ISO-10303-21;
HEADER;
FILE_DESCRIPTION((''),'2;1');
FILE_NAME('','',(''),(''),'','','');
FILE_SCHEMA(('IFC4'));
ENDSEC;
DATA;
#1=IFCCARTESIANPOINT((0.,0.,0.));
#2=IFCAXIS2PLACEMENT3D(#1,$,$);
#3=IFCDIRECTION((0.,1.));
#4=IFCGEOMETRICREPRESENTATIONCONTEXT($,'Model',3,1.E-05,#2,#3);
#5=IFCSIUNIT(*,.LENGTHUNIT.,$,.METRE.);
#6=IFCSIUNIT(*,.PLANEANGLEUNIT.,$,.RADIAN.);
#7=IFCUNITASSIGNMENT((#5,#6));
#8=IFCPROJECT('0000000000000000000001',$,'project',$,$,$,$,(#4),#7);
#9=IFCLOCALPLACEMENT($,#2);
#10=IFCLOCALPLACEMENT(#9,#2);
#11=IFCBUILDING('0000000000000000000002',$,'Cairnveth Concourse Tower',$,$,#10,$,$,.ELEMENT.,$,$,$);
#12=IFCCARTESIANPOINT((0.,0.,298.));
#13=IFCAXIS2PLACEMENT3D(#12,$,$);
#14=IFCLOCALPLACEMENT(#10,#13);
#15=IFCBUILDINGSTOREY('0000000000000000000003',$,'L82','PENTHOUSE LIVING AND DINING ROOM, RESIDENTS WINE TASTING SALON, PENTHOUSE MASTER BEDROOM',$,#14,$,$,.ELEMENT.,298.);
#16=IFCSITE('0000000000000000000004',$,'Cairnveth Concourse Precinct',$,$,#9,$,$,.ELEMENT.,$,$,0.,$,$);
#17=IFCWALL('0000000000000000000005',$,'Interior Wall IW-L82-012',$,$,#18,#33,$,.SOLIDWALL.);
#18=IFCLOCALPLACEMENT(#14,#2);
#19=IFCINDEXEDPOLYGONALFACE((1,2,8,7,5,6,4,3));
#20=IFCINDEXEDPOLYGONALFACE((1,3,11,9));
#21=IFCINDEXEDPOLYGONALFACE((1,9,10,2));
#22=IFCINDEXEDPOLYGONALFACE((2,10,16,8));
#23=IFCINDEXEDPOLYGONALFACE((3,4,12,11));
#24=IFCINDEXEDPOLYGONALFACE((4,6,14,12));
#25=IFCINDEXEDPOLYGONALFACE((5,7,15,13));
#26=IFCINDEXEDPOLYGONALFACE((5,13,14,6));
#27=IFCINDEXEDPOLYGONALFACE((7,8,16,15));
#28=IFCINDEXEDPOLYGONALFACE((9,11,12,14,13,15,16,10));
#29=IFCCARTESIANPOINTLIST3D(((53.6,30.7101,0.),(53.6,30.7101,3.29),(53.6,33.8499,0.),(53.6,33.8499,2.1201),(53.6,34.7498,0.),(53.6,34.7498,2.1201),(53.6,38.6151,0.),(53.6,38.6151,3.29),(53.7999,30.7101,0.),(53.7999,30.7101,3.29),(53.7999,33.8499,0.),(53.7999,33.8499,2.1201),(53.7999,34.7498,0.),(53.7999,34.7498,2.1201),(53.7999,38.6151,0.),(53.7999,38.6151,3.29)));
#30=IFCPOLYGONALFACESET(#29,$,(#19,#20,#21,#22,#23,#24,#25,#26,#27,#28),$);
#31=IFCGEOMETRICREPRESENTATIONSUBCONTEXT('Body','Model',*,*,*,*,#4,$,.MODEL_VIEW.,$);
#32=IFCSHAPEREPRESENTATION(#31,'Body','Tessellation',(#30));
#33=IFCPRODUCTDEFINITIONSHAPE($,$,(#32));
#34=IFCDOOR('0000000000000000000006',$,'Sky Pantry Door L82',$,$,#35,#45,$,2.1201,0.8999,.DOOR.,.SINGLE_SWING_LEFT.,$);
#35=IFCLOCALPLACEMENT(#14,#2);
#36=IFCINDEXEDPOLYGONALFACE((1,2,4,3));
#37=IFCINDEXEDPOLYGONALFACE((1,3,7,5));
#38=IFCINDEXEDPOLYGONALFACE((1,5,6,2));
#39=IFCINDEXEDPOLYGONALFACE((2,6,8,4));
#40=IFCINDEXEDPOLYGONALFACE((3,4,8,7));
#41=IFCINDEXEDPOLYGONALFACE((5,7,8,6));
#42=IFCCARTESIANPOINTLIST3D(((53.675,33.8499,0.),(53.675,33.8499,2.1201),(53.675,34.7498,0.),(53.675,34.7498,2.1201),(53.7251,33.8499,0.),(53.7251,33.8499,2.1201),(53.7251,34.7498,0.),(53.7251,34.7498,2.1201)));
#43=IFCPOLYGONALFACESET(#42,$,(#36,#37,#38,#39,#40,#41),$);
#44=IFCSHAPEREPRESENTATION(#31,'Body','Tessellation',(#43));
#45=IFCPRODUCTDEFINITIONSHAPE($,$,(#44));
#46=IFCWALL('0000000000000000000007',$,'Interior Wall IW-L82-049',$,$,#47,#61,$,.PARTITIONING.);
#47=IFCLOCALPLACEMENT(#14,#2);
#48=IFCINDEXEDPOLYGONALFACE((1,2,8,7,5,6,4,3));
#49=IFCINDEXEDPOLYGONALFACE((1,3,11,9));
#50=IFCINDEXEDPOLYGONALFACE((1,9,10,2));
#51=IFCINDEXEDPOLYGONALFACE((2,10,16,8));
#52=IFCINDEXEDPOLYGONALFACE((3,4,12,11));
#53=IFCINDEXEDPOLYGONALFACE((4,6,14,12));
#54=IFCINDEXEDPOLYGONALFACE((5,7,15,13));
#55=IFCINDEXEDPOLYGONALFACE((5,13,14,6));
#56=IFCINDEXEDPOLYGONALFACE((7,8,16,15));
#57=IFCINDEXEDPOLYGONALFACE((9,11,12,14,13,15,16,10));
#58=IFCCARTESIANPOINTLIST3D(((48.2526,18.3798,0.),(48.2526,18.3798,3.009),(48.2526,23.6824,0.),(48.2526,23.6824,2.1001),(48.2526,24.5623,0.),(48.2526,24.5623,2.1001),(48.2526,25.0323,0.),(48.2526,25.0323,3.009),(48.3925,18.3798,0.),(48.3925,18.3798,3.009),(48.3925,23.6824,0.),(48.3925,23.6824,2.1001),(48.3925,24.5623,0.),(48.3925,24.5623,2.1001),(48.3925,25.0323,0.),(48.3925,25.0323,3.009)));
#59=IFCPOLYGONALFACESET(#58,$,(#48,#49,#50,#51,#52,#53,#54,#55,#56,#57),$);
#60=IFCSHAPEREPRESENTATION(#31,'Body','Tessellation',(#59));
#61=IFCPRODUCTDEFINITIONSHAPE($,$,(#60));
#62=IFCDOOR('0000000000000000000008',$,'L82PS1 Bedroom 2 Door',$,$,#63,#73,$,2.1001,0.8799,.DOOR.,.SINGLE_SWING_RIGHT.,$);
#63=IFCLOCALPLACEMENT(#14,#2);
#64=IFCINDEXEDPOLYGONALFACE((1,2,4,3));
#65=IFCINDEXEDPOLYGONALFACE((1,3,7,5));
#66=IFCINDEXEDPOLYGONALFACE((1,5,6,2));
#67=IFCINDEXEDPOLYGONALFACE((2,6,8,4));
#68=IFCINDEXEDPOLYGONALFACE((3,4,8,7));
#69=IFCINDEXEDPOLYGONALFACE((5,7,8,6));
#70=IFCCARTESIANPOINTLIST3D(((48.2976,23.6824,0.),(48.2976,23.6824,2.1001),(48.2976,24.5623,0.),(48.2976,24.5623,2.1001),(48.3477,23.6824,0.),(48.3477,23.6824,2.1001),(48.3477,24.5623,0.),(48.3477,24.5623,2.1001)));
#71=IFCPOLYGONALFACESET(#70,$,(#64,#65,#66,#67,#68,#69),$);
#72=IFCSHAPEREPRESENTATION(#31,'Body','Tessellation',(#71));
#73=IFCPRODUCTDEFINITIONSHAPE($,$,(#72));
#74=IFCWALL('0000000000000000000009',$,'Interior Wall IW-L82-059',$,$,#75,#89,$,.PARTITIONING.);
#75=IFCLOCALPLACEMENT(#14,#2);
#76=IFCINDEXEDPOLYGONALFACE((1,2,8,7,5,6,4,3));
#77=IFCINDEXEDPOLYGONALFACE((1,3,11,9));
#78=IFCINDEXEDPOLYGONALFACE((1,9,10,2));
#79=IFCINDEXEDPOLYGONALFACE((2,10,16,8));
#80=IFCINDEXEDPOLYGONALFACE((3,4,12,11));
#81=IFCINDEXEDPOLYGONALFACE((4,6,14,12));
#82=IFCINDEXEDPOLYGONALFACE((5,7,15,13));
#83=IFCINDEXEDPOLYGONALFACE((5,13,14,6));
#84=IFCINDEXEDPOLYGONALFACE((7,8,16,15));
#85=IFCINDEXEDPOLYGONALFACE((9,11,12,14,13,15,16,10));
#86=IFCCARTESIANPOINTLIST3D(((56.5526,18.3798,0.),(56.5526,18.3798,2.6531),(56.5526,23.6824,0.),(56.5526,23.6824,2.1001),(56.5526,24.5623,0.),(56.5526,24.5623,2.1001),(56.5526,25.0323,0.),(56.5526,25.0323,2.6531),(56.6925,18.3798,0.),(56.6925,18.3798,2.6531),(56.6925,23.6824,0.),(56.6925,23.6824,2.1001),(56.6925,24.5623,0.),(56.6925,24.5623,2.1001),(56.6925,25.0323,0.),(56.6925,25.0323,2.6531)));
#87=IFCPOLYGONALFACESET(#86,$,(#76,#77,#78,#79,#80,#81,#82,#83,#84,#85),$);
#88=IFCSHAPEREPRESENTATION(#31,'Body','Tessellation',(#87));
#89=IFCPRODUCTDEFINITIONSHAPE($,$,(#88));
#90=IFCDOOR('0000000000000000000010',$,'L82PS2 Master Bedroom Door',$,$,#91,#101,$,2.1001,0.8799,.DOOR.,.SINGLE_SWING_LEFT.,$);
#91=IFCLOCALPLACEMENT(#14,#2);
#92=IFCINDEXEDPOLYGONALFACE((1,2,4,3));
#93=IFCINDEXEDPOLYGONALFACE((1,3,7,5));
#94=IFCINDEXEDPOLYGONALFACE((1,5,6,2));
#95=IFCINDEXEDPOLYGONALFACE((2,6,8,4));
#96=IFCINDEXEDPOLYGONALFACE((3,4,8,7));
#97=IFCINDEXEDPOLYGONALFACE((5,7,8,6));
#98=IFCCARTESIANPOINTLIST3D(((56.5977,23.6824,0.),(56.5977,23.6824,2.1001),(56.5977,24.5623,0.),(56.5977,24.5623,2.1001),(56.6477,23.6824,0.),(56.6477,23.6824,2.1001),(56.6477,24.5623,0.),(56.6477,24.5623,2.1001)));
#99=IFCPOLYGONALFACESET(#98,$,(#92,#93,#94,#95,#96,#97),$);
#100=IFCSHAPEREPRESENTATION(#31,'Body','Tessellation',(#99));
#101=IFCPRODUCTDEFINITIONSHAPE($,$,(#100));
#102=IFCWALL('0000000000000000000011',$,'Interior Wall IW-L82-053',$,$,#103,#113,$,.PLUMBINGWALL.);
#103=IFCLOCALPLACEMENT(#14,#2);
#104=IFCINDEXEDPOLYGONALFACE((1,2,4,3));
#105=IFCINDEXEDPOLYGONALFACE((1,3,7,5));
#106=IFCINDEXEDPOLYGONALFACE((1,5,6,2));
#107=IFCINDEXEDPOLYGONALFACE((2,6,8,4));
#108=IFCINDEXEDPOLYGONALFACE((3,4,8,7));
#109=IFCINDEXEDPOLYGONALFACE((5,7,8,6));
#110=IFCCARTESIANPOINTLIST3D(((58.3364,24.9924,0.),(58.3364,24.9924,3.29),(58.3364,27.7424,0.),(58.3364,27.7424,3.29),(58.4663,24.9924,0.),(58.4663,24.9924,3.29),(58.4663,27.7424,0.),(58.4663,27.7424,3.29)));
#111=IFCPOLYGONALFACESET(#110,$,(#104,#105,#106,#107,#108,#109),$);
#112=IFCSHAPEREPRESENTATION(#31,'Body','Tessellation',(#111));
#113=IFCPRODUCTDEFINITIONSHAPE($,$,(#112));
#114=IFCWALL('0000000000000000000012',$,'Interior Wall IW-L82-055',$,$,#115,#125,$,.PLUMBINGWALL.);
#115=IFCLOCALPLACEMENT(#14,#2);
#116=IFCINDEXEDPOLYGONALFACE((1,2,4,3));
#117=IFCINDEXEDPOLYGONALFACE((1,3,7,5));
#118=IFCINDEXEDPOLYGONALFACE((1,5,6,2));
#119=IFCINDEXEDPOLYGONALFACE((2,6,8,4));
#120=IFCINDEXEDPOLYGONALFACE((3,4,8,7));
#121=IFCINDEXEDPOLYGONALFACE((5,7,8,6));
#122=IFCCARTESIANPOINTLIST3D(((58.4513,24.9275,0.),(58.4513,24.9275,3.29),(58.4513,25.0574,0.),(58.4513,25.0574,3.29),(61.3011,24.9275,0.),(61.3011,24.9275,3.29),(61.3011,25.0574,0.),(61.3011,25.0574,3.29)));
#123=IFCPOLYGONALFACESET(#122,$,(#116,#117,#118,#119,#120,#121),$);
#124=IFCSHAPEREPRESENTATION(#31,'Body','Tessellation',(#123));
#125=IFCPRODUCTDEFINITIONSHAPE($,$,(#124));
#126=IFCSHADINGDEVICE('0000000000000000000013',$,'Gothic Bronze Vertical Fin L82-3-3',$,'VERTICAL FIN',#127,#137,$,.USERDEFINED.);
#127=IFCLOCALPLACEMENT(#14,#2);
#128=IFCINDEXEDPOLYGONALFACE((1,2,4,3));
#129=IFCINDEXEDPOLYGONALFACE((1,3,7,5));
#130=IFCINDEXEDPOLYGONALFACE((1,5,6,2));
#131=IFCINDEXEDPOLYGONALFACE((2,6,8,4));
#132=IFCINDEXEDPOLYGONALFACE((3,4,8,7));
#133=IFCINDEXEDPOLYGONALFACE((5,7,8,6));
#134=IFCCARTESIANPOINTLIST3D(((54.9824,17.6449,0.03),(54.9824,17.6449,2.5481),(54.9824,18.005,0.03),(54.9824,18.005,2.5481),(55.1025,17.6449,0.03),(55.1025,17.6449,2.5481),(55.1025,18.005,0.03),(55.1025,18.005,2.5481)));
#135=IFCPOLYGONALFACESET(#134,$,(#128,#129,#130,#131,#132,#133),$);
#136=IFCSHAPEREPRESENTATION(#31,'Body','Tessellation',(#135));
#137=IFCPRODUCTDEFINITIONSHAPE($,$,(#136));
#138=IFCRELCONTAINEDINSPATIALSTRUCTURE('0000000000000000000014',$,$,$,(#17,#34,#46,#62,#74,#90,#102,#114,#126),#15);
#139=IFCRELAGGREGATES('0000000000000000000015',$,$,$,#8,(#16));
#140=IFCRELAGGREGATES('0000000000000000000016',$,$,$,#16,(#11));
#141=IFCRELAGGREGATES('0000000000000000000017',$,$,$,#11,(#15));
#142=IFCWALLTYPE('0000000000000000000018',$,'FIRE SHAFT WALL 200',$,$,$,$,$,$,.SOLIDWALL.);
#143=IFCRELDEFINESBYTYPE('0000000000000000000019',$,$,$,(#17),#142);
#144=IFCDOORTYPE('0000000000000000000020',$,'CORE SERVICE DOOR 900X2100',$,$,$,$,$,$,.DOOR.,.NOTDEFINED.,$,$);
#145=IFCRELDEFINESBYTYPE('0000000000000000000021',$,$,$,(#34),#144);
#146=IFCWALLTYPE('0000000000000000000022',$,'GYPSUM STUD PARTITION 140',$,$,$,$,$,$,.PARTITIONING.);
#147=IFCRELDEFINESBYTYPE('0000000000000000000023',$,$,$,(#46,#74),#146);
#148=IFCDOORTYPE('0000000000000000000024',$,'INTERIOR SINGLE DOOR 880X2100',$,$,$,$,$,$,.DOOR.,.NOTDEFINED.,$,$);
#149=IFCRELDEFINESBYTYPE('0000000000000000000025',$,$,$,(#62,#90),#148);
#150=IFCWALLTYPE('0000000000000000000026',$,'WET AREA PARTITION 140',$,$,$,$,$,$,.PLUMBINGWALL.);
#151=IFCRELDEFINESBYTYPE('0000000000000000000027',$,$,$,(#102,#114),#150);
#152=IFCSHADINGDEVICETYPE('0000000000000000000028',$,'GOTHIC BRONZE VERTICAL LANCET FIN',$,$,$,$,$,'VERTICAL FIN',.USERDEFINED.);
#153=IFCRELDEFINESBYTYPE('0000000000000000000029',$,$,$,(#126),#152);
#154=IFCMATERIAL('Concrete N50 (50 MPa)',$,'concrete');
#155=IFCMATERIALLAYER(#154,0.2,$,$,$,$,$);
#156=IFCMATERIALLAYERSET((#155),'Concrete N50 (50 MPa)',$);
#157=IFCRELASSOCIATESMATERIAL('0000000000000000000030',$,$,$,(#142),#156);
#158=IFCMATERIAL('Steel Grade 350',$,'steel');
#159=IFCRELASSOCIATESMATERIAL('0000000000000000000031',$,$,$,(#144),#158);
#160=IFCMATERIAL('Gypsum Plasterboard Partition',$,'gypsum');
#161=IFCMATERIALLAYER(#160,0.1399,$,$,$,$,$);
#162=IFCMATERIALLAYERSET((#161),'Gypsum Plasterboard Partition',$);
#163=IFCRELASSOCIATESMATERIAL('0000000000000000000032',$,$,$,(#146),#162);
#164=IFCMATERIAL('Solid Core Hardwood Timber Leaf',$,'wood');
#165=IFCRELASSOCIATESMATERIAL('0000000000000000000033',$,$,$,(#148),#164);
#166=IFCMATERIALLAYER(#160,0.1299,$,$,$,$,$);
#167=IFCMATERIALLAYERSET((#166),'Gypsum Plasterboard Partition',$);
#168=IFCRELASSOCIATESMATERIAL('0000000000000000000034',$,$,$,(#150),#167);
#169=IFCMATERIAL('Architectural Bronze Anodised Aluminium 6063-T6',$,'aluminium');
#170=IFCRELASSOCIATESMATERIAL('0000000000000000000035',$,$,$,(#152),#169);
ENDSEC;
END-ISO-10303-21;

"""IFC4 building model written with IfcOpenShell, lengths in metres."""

from ifc_helpers import new_model, si_unit, direction, frame, frame_2d, origin, origin_2d, place, context, subcontext, project, spatial, rectangle, extrude, material, layer, layer_set, type_object, element, fill, save


model = new_model("IFC4")

# Units and contexts
model_context = context("Model", 3, precision=1e-05, world=origin(), true_north=direction((0.0, 1.0)))
body_context = subcontext(model_context, "Body", "Model", "MODEL_VIEW")
ifc_project = project(units=[si_unit("LENGTHUNIT", "METRE"), si_unit("PLANEANGLEUNIT", "RADIAN")], contexts=[model_context])

# Site, building, storey
site_placement = place(None, origin())
site = spatial("IfcSite", under=ifc_project, at=site_placement, Name="Cairnveth Concourse Precinct", CompositionType="ELEMENT", RefElevation=0.0)
building_placement = place(site_placement, origin())
building = spatial("IfcBuilding", under=site, at=building_placement, Name="Cairnveth Concourse Tower", CompositionType="ELEMENT")
storey_placement = place(building_placement, frame((0.0, 0.0, 298.0)))
storey = spatial("IfcBuildingStorey", under=building, at=storey_placement, Name="L82", Description="PENTHOUSE LIVING AND DINING ROOM, RESIDENTS WINE TASTING SALON, PENTHOUSE MASTER BEDROOM", CompositionType="ELEMENT", Elevation=298.0)

# Shared definitions
ifc_material_1 = material(Name="Concrete N50 (50 MPa)", Category="concrete")
ifc_material_2 = material(Name="Steel Grade 350", Category="steel")

# Shared definitions
ifc_material_3 = material(Name="Gypsum Plasterboard Partition", Category="gypsum")

# Shared definitions
ifc_layer_1 = layer(ifc_material_1, 0.2)
ifc_layer_set_1 = layer_set([ifc_layer_1], Name="Concrete N50 (50 MPa)")
wall_type_1 = type_object("IfcWallType", Name="FIRE SHAFT WALL 200", PredefinedType="SOLIDWALL", material=ifc_layer_set_1)

# Walls, openings, doors
wall_1_placement = place(storey_placement, frame((53.7, 30.71, 0.0), z_axis=(0.0, 0.0, 1.0), x_axis=(0.0, 1.0, 0.0)))
wall_1 = element("IfcWall", 1, at=wall_1_placement, inside=storey, type_object=wall_type_1, Name="Interior Wall IW-L82-012", PredefinedType="SOLIDWALL", context=body_context, shape_type="SweptSolid", body=[
    extrude(rectangle(XDim=7.905, YDim=0.2, at=frame_2d((3.9526, 0.0))), origin(), (0.0, 0.0, 1.0), 3.29),
])
opening_1_placement = place(wall_1_placement, frame((3.1399, 0.0, 0.0)))
opening_1 = element("IfcOpeningElement", 2, at=opening_1_placement, cuts=wall_1, PredefinedType="OPENING", context=body_context, shape_type="SweptSolid", body=[
    extrude(rectangle(XDim=0.8999, YDim=2.1201, at=frame_2d((0.45, 1.0601))), frame((0.0, 0.1099, 0.0), z_axis=(0.0, -1.0, 0.0), x_axis=(1.0, 0.0, 0.0)), (0.0, 0.0, 1.0), 0.22),
])
door_type_1 = type_object("IfcDoorType", Name="CORE SERVICE DOOR 900X2100", OperationType="NOTDEFINED", PredefinedType="DOOR", material=ifc_material_2)
door_1_placement = place(opening_1_placement, origin())
door_1 = element("IfcDoor", 3, at=door_1_placement, inside=storey, type_object=door_type_1, Name="Sky Pantry Door L82", OperationType="SINGLE_SWING_LEFT", OverallHeight=2.1201, OverallWidth=0.8999, PredefinedType="DOOR", context=body_context, shape_type="SweptSolid", body=[
    extrude(rectangle(XDim=0.8999, YDim=2.1201, at=frame_2d((0.45, 1.0601))), frame((0.0, 0.0249, 0.0), z_axis=(0.0, -1.0, 0.0), x_axis=(1.0, 0.0, 0.0)), (0.0, 0.0, 1.0), 0.05),
])
fill(opening_1, door_1)
ifc_layer_2 = layer(ifc_material_3, 0.1399)
ifc_layer_set_2 = layer_set([ifc_layer_2], Name="Gypsum Plasterboard Partition")
wall_type_2 = type_object("IfcWallType", Name="GYPSUM STUD PARTITION 140", PredefinedType="PARTITIONING", material=ifc_layer_set_2)
wall_2_placement = place(storey_placement, frame((48.3225, 18.3799, 0.0), z_axis=(0.0, 0.0, 1.0), x_axis=(0.0, 1.0, 0.0)))
wall_2 = element("IfcWall", 4, at=wall_2_placement, inside=storey, type_object=wall_type_2, Name="Interior Wall IW-L82-049", PredefinedType="PARTITIONING", context=body_context, shape_type="SweptSolid", body=[
    extrude(rectangle(XDim=6.6526, YDim=0.1399, at=frame_2d((3.3262, 0.0))), origin(), (0.0, 0.0, 1.0), 3.009),
])
opening_2_placement = place(wall_2_placement, frame((5.3025, 0.0, 0.0)))
opening_2 = element("IfcOpeningElement", 5, at=opening_2_placement, cuts=wall_2, PredefinedType="OPENING", context=body_context, shape_type="SweptSolid", body=[
    extrude(rectangle(XDim=0.8799, YDim=2.1001, at=frame_2d((0.4399, 1.05))), frame((0.0, 0.0798, 0.0), z_axis=(0.0, -1.0, 0.0), x_axis=(1.0, 0.0, 0.0)), (0.0, 0.0, 1.0), 0.1599),
])
ifc_material_4 = material(Name="Solid Core Hardwood Timber Leaf", Category="wood")
door_type_2 = type_object("IfcDoorType", Name="INTERIOR SINGLE DOOR 880X2100", OperationType="NOTDEFINED", PredefinedType="DOOR", material=ifc_material_4)
door_2_placement = place(opening_2_placement, origin())
door_2 = element("IfcDoor", 6, at=door_2_placement, inside=storey, type_object=door_type_2, Name="L82PS1 Bedroom 2 Door", OperationType="SINGLE_SWING_RIGHT", OverallHeight=2.1001, OverallWidth=0.8799, PredefinedType="DOOR", context=body_context, shape_type="SweptSolid", body=[
    extrude(rectangle(XDim=0.8799, YDim=2.1001, at=frame_2d((0.4399, 1.05))), frame((0.0, 0.0249, 0.0), z_axis=(0.0, -1.0, 0.0), x_axis=(1.0, 0.0, 0.0)), (0.0, 0.0, 1.0), 0.05),
])
fill(opening_2, door_2)
wall_3_placement = place(storey_placement, frame((56.6226, 18.3799, 0.0), z_axis=(0.0, 0.0, 1.0), x_axis=(0.0, 1.0, 0.0)))
wall_3 = element("IfcWall", 7, at=wall_3_placement, inside=storey, type_object=wall_type_2, Name="Interior Wall IW-L82-059", PredefinedType="PARTITIONING", context=body_context, shape_type="SweptSolid", body=[
    extrude(rectangle(XDim=6.6526, YDim=0.1399, at=frame_2d((3.3262, 0.0))), origin(), (0.0, 0.0, 1.0), 2.6531),
])
opening_3_placement = place(wall_3_placement, frame((5.3025, 0.0, 0.0)))
opening_3 = element("IfcOpeningElement", 8, at=opening_3_placement, cuts=wall_3, PredefinedType="OPENING", context=body_context, shape_type="SweptSolid", body=[
    extrude(rectangle(XDim=0.8799, YDim=2.1001, at=frame_2d((0.4399, 1.05))), frame((0.0, 0.0798, 0.0), z_axis=(0.0, -1.0, 0.0), x_axis=(1.0, 0.0, 0.0)), (0.0, 0.0, 1.0), 0.1599),
])
door_3_placement = place(opening_3_placement, origin())
door_3 = element("IfcDoor", 9, at=door_3_placement, inside=storey, type_object=door_type_2, Name="L82PS2 Master Bedroom Door", OperationType="SINGLE_SWING_LEFT", OverallHeight=2.1001, OverallWidth=0.8799, PredefinedType="DOOR", context=body_context, shape_type="SweptSolid", body=[
    extrude(rectangle(XDim=0.8799, YDim=2.1001, at=frame_2d((0.4399, 1.05))), frame((0.0, 0.0249, 0.0), z_axis=(0.0, -1.0, 0.0), x_axis=(1.0, 0.0, 0.0)), (0.0, 0.0, 1.0), 0.05),
])
fill(opening_3, door_3)

# Walls
ifc_layer_3 = layer(ifc_material_3, 0.1299)
ifc_layer_set_3 = layer_set([ifc_layer_3], Name="Gypsum Plasterboard Partition")
wall_type_3 = type_object("IfcWallType", Name="WET AREA PARTITION 140", PredefinedType="PLUMBINGWALL", material=ifc_layer_set_3)
wall_4_placement = place(storey_placement, frame((58.4014, 24.9924, 0.0), z_axis=(0.0, 0.0, 1.0), x_axis=(0.0, 1.0, 0.0)))
element("IfcWall", 10, at=wall_4_placement, inside=storey, type_object=wall_type_3, Name="Interior Wall IW-L82-053", PredefinedType="PLUMBINGWALL", context=body_context, shape_type="SweptSolid", body=[
    extrude(rectangle(XDim=2.75, YDim=0.1299, at=frame_2d((1.375, 0.0))), origin(), (0.0, 0.0, 1.0), 3.29),
])
wall_5_placement = place(storey_placement, frame((58.4514, 24.9924, 0.0), z_axis=(0.0, 0.0, 1.0), x_axis=(1.0, 0.0, 0.0)))
element("IfcWall", 11, at=wall_5_placement, inside=storey, type_object=wall_type_3, Name="Interior Wall IW-L82-055", PredefinedType="PLUMBINGWALL", context=body_context, shape_type="SweptSolid", body=[
    extrude(rectangle(XDim=2.8499, YDim=0.1299, at=frame_2d((1.4248, 0.0))), origin(), (0.0, 0.0, 1.0), 3.29),
])

# Shading device
ifc_material_5 = material(Name="Architectural Bronze Anodised Aluminium 6063-T6", Category="aluminium")
shading_device_type = type_object("IfcShadingDeviceType", Name="GOTHIC BRONZE VERTICAL LANCET FIN", ElementType="VERTICAL FIN", PredefinedType="USERDEFINED", material=ifc_material_5)
shading_device_placement = place(storey_placement, frame((55.0425, 17.825, 0.03), z_axis=(0.0, 0.0, 1.0), x_axis=(1.0, 0.0, 0.0)))
element("IfcShadingDevice", 12, at=shading_device_placement, inside=storey, type_object=shading_device_type, Name="Gothic Bronze Vertical Fin L82-3-3", ObjectType="VERTICAL FIN", PredefinedType="USERDEFINED", context=body_context, shape_type="SweptSolid", body=[
    extrude(rectangle(XDim=0.1201, YDim=0.3601, at=origin_2d()), origin(), (0.0, 0.0, 1.0), 2.5181),
])

save(model, "model.ifc")
